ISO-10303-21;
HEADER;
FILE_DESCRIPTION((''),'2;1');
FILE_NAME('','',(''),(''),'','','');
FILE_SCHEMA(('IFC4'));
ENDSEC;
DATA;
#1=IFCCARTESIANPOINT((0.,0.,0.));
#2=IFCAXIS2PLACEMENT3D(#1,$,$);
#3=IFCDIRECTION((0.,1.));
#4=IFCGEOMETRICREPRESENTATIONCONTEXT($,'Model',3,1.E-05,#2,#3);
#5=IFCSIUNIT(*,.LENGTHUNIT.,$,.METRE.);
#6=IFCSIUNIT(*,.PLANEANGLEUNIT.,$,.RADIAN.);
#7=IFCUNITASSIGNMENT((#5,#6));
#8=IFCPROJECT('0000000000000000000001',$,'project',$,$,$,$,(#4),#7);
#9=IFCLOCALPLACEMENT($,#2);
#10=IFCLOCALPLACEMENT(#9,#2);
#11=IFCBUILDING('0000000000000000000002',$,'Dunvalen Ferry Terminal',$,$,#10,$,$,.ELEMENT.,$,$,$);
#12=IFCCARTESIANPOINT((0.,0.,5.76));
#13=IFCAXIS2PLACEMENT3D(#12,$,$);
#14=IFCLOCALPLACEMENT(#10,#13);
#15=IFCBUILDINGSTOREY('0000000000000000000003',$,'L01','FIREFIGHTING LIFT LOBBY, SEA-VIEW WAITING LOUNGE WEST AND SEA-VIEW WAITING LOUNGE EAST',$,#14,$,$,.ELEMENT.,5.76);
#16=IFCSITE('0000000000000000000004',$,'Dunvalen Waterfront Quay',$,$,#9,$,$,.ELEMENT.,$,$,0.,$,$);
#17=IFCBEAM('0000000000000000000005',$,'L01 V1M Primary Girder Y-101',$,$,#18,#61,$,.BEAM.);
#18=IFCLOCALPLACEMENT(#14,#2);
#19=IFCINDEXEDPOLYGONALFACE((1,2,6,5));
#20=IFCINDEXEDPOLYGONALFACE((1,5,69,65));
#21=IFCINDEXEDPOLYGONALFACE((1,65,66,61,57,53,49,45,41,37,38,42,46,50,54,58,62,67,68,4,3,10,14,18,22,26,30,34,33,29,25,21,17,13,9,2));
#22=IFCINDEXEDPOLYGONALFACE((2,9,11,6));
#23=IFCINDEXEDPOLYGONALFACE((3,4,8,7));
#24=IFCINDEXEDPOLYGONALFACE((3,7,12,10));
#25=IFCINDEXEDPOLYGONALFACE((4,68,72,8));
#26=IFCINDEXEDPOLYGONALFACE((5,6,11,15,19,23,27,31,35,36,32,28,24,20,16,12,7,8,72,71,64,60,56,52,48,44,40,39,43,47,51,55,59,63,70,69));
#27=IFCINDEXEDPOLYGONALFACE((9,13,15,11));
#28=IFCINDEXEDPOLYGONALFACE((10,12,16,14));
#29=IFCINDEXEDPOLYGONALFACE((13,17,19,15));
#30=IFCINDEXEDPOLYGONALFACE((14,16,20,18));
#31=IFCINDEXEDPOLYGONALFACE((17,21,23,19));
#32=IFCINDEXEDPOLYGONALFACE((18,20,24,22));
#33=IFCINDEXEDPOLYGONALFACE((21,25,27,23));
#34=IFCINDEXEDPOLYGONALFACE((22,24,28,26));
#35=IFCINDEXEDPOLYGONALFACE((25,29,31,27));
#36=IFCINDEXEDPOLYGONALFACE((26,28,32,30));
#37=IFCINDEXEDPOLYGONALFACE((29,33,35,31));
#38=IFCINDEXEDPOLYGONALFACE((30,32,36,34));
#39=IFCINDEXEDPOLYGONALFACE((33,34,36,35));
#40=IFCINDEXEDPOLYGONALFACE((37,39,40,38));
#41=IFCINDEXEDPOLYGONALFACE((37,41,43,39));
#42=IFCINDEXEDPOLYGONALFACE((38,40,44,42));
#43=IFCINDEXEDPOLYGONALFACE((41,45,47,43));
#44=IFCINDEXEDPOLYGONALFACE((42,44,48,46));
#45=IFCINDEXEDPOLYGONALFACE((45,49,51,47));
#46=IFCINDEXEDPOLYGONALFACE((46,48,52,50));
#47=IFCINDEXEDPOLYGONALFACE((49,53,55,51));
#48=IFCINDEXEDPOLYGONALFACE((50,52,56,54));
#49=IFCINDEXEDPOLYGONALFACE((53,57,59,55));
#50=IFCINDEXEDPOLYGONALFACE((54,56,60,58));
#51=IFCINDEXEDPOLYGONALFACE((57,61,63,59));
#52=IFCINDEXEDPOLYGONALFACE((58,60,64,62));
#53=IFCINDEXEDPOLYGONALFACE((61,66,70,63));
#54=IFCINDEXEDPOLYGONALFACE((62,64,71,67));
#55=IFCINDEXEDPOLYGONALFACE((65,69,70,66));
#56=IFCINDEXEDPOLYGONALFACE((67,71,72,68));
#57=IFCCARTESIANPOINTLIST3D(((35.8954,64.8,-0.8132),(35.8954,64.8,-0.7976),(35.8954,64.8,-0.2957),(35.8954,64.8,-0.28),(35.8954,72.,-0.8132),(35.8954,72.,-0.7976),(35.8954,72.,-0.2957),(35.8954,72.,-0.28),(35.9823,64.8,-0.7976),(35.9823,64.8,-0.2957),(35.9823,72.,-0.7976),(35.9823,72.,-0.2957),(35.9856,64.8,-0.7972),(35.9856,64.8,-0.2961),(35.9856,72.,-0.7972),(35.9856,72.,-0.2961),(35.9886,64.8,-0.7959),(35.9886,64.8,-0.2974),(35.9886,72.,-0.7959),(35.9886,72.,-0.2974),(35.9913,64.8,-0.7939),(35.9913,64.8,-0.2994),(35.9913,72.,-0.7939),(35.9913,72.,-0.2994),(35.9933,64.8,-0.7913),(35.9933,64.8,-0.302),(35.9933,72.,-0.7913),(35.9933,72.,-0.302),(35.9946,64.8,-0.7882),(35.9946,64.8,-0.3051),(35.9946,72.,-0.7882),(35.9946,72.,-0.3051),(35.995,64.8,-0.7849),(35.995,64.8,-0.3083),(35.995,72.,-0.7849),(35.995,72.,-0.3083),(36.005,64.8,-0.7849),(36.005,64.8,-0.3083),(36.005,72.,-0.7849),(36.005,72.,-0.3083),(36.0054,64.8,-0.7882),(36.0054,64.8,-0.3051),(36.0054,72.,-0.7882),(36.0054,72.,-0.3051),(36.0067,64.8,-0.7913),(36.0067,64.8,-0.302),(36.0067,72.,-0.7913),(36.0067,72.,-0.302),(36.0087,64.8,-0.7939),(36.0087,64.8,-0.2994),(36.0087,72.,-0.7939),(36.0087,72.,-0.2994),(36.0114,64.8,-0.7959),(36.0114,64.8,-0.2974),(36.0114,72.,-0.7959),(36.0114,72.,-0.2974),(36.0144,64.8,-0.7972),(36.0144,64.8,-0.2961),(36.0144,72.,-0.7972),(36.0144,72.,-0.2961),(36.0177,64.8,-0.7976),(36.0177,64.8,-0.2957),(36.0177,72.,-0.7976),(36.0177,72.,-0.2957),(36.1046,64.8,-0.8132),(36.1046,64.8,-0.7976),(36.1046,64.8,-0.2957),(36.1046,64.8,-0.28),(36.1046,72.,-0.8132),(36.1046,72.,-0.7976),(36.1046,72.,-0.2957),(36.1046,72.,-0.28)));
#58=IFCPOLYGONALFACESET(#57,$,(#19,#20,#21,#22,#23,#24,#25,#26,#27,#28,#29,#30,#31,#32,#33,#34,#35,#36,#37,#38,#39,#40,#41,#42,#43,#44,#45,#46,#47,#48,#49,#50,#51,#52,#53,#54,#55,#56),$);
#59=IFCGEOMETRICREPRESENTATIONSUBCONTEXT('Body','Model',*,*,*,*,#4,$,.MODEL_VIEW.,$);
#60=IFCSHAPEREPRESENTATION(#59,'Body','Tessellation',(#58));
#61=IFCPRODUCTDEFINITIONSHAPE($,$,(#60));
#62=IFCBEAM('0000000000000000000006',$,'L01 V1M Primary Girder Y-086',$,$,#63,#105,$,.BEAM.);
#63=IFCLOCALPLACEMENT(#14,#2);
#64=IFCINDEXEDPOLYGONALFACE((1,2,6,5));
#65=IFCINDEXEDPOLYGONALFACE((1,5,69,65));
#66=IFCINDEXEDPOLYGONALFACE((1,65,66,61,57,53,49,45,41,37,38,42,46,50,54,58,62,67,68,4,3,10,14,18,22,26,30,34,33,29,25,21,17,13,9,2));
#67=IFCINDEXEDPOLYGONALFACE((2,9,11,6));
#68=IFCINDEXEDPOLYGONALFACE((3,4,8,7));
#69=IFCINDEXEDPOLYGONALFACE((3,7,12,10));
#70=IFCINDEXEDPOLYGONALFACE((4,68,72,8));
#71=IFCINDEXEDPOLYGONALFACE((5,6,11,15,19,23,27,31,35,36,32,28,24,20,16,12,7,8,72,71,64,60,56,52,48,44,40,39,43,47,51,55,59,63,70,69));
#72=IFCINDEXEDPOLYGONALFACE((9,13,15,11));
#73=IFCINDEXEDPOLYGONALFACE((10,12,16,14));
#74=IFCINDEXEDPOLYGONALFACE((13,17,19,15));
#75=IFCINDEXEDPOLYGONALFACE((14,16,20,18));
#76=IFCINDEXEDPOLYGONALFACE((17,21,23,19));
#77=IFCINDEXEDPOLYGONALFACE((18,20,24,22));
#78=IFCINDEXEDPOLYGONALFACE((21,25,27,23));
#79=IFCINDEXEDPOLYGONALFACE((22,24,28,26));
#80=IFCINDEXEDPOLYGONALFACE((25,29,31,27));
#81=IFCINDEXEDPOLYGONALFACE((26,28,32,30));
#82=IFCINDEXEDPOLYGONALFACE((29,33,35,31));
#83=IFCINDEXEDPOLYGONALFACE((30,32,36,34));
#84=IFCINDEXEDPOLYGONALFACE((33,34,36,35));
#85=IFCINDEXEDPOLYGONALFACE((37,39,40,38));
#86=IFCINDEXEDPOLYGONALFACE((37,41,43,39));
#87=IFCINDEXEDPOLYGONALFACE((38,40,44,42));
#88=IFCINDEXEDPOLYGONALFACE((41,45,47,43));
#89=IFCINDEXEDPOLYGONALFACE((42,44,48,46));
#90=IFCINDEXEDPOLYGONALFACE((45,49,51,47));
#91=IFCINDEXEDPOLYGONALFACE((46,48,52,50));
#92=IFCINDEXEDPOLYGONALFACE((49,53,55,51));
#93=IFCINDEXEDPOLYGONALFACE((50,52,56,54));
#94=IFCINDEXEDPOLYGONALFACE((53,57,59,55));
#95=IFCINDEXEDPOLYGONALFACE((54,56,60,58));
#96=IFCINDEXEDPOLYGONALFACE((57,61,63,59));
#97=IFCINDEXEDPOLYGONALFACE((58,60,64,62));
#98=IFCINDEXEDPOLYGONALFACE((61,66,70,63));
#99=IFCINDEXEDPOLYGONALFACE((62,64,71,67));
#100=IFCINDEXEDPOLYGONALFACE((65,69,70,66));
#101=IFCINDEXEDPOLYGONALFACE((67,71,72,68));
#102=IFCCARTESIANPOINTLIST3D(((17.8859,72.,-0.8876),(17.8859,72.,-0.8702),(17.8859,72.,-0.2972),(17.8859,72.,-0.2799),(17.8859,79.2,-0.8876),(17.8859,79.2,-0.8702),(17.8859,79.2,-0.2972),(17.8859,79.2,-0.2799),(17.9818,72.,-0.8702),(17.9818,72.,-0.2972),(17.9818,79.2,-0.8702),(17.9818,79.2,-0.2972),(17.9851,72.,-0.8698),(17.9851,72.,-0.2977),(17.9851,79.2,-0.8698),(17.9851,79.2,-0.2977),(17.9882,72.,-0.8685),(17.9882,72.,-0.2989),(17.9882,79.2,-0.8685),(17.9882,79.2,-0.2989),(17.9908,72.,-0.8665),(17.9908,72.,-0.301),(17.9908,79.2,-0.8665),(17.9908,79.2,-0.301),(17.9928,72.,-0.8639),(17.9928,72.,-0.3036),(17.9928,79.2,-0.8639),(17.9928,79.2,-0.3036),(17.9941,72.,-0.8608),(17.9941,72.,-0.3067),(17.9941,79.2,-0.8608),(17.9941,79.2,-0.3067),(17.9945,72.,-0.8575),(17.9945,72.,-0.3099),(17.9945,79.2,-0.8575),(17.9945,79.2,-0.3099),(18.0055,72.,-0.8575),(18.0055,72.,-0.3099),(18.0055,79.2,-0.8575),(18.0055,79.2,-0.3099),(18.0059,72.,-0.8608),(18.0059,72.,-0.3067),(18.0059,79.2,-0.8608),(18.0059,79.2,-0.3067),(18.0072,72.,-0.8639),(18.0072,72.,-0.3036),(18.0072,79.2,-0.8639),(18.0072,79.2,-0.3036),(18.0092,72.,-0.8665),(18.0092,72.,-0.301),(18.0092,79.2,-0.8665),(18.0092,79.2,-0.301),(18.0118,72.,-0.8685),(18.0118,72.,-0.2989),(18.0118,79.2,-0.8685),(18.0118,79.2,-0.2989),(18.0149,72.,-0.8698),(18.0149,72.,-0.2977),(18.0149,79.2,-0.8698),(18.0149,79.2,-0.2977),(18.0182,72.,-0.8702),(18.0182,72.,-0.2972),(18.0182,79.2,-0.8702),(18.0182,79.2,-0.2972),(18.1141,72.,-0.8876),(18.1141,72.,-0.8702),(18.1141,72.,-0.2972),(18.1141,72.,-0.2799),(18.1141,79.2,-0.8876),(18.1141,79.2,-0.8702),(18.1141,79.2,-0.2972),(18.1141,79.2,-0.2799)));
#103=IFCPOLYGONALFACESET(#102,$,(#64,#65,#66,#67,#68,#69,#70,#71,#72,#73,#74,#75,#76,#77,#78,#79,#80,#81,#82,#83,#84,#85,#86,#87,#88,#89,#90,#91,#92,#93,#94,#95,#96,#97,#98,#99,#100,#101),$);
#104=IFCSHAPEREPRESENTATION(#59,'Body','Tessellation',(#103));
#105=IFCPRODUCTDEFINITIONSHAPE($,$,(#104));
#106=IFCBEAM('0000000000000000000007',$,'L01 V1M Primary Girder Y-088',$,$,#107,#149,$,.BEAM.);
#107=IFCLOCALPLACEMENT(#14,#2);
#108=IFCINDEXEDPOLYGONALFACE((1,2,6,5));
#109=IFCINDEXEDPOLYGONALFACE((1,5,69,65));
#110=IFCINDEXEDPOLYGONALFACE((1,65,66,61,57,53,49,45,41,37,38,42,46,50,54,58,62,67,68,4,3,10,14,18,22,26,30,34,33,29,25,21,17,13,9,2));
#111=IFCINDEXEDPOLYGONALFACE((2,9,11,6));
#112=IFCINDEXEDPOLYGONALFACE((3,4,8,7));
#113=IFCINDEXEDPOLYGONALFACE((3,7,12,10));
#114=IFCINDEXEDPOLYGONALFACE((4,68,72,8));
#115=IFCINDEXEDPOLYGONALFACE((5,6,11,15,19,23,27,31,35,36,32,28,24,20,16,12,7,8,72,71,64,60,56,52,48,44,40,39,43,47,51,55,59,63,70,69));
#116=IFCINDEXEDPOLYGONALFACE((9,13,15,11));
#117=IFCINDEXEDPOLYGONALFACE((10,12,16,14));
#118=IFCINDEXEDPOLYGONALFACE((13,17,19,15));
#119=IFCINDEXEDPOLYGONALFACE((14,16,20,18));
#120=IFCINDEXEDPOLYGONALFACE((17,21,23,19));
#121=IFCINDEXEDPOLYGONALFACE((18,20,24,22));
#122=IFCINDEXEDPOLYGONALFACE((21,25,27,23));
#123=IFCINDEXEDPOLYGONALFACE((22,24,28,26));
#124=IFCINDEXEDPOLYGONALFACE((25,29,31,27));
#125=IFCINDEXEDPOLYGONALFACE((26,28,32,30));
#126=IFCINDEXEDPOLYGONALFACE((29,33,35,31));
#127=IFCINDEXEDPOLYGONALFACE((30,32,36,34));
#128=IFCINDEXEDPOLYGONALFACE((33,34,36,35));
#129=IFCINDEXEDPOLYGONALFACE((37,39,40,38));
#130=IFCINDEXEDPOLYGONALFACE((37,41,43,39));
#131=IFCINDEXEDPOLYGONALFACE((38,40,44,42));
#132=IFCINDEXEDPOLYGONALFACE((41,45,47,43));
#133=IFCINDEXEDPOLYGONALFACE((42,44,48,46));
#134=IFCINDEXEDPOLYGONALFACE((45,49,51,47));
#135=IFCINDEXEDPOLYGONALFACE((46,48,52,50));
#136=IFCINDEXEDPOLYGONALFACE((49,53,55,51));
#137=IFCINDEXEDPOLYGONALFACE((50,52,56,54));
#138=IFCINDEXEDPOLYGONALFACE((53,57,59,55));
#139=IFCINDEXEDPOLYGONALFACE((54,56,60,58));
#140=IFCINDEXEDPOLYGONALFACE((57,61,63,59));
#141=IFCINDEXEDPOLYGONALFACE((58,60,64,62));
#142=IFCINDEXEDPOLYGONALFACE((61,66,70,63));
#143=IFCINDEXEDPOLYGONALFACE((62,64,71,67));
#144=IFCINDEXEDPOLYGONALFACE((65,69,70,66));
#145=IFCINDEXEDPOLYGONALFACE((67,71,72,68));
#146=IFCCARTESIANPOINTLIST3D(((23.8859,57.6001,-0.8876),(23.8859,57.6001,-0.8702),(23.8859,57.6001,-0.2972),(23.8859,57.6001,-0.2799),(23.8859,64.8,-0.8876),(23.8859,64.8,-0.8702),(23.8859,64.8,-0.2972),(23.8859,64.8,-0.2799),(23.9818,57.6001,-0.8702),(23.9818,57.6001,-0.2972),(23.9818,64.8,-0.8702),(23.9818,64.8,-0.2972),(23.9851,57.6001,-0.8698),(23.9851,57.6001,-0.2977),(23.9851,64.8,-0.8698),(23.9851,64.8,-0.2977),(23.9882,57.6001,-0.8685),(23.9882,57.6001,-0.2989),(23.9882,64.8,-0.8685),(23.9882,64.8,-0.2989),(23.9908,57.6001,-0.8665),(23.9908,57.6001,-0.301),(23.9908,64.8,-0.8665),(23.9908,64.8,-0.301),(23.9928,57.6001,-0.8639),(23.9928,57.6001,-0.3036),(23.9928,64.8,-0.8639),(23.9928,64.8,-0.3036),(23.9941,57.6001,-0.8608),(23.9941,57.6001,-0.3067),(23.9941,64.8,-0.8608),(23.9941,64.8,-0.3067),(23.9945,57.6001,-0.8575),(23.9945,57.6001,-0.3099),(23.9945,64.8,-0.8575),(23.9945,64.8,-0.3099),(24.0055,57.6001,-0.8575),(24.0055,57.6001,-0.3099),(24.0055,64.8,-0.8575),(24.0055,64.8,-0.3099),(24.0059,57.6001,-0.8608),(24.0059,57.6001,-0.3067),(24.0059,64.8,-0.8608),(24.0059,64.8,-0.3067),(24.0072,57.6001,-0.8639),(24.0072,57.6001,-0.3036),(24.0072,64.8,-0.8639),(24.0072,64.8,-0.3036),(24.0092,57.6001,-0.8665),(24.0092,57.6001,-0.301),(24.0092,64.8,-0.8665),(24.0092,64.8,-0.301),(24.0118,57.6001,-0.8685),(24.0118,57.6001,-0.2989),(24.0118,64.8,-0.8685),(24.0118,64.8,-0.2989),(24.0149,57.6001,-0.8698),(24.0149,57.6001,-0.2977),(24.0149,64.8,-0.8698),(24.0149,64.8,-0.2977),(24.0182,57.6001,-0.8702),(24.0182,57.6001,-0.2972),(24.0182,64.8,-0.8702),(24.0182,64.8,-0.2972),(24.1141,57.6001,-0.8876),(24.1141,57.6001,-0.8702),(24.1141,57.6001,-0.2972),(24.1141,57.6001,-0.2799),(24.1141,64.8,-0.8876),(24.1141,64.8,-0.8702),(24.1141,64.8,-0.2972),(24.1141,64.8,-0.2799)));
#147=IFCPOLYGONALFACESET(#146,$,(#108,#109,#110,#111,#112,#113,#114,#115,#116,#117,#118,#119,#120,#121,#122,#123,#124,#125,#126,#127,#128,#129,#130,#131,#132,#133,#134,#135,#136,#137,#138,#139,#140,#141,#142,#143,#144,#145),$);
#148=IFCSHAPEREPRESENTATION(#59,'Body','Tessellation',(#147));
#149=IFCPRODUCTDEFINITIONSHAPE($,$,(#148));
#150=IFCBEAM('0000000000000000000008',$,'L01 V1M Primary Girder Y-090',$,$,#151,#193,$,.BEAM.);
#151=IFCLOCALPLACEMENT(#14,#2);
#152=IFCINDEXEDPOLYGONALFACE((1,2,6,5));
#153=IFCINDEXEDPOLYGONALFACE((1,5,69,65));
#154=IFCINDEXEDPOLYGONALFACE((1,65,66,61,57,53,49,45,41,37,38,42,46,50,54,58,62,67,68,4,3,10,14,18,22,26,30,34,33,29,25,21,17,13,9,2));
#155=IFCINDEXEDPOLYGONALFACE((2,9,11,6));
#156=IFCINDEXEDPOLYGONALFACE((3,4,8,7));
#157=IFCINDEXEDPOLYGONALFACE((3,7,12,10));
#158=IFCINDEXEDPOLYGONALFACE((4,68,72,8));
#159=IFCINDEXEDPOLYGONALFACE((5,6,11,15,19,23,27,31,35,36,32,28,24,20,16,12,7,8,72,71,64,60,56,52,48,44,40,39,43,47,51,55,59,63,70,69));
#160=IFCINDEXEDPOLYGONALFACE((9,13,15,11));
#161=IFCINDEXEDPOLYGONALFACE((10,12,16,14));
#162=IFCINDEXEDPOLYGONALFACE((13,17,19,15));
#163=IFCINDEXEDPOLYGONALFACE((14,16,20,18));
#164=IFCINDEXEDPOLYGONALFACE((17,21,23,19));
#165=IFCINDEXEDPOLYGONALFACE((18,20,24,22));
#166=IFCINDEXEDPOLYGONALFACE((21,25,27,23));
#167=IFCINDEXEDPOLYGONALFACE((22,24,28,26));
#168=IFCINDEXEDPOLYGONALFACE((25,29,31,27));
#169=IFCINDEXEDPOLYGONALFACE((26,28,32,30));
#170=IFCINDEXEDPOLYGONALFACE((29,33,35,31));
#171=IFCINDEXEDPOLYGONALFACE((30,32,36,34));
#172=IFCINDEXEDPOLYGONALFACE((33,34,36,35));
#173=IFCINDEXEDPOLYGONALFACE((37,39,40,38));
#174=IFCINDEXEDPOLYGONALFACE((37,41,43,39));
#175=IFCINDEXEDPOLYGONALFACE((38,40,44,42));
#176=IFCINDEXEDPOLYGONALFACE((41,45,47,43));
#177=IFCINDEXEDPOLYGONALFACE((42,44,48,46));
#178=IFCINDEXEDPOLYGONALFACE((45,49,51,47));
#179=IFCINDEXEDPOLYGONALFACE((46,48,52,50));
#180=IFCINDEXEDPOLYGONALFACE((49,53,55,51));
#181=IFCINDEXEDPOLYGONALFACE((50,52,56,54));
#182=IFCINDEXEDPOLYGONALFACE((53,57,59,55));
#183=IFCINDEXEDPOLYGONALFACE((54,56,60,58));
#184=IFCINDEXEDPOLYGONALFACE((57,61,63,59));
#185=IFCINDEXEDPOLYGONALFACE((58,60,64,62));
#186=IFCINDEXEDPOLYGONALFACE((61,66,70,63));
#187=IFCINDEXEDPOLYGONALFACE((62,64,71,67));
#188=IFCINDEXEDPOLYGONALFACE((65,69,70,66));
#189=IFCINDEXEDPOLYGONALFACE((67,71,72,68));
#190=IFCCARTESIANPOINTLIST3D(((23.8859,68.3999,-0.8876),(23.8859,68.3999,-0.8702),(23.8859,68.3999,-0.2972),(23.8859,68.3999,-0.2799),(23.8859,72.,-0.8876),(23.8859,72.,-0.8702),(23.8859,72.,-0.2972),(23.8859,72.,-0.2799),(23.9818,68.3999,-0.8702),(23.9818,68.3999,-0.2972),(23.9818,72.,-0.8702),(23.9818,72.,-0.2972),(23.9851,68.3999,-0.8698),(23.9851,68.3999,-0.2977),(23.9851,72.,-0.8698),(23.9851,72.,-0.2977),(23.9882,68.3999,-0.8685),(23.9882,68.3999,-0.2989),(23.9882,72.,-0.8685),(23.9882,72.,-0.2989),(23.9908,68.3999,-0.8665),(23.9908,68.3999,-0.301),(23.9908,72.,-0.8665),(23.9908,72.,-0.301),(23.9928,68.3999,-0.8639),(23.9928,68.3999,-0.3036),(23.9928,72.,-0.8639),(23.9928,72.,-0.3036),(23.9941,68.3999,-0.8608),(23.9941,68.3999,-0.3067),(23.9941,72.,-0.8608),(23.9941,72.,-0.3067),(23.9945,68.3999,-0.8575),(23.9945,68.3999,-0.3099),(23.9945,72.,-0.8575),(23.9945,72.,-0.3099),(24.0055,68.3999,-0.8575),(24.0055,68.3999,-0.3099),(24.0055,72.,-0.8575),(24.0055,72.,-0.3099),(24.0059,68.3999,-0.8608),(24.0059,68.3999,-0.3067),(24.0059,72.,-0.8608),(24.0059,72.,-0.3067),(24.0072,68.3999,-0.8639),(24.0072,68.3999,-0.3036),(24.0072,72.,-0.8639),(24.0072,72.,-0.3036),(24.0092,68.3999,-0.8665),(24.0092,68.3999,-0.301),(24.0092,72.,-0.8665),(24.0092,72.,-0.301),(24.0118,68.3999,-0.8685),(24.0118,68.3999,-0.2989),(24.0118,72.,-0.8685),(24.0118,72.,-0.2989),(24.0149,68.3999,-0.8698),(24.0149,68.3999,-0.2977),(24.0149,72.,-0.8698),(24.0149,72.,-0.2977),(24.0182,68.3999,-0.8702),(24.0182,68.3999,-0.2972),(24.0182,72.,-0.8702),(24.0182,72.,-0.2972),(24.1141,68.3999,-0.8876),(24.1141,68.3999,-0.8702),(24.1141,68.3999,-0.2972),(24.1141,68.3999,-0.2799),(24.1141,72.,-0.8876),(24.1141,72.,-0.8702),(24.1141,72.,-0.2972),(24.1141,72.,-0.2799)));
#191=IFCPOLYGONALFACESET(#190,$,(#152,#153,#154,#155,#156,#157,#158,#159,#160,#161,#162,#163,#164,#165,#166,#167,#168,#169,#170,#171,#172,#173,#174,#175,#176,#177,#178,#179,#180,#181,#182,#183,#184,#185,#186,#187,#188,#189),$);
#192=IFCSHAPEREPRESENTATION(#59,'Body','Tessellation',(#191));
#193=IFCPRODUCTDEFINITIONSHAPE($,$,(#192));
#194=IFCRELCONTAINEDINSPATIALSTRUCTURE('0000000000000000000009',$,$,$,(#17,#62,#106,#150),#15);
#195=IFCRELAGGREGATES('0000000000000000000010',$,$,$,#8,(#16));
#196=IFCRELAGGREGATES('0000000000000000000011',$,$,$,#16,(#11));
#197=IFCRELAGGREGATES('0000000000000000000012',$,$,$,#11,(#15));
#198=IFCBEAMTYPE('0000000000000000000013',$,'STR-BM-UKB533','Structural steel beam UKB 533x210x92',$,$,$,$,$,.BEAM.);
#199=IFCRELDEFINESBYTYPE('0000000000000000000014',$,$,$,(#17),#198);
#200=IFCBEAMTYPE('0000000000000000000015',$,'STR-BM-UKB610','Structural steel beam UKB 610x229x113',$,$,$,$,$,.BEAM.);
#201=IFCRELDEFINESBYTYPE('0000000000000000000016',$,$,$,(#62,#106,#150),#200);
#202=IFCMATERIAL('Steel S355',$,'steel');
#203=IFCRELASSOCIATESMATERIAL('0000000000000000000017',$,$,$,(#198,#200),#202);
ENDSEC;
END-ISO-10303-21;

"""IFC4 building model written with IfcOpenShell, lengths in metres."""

from ifc_helpers import new_model, si_unit, direction, frame, origin, origin_2d, place, context, subcontext, project, spatial, i_section, extrude, material, material_profile, profile_set, type_object, element, save


model = new_model("IFC4")

# Units and contexts
model_context = context("Model", 3, precision=1e-05, world=origin(), true_north=direction((0.0, 1.0)))
body_context = subcontext(model_context, "Body", "Model", "MODEL_VIEW")
ifc_project = project(units=[si_unit("LENGTHUNIT", "METRE"), si_unit("PLANEANGLEUNIT", "RADIAN")], contexts=[model_context])

# Site, building, storey
site_placement = place(None, origin())
site = spatial("IfcSite", under=ifc_project, at=site_placement, Name="Dunvalen Waterfront Quay", CompositionType="ELEMENT", RefElevation=0.0)
building_placement = place(site_placement, origin())
building = spatial("IfcBuilding", under=site, at=building_placement, Name="Dunvalen Ferry Terminal", CompositionType="ELEMENT")
storey_placement = place(building_placement, frame((0.0, 0.0, 5.76)))
storey = spatial("IfcBuildingStorey", under=building, at=storey_placement, Name="L01", Description="FIREFIGHTING LIFT LOBBY, SEA-VIEW WAITING LOUNGE WEST AND SEA-VIEW WAITING LOUNGE EAST", CompositionType="ELEMENT", Elevation=5.76)

# Beams
ifc_material_1 = material(Name="Steel S355", Category="steel")
ifc_material_profile_1 = material_profile(ifc_material_1, i_section(OverallWidth=0.2092, OverallDepth=0.5332, WebThickness=0.01, FlangeThickness=0.0156, FilletRadius=0.0127, at=origin_2d()), Name="Steel S355")
ifc_profile_set_1 = profile_set([ifc_material_profile_1], Name="Steel S355")
beam_type_1 = type_object("IfcBeamType", Name="STR-BM-UKB533", Description="Structural steel beam UKB 533x210x92", PredefinedType="BEAM", material=ifc_profile_set_1)
for number, where, z_axis, x_axis, name in (
    (1, (36.0, 64.8, -0.5466), (0.0, 1.0, 0.0), (-1.0, 0.0, 0.0), "L01 V1M Primary Girder Y-101"),
):
    element("IfcBeam", number, at=place(storey_placement, frame(where, z_axis=z_axis, x_axis=x_axis)), inside=storey, type_object=beam_type_1, Name=name, PredefinedType="BEAM", context=body_context, shape_type="SweptSolid", body=[
        extrude(i_section(OverallWidth=0.2092, OverallDepth=0.5332, WebThickness=0.01, FlangeThickness=0.0156, FilletRadius=0.0127, at=origin_2d()), origin(), (0.0, 0.0, 1.0), 7.2),
    ])
ifc_material_profile_2 = material_profile(ifc_material_1, i_section(OverallWidth=0.2283, OverallDepth=0.6077, WebThickness=0.011, FlangeThickness=0.0173, FilletRadius=0.0127, at=origin_2d()), Name="Steel S355")
ifc_profile_set_2 = profile_set([ifc_material_profile_2], Name="Steel S355")
beam_type_2 = type_object("IfcBeamType", Name="STR-BM-UKB610", Description="Structural steel beam UKB 610x229x113", PredefinedType="BEAM", material=ifc_profile_set_2)
for number, where, z_axis, x_axis, name in (
    (2, (18.0, 72.0, -0.5837), (0.0, 1.0, 0.0), (-1.0, 0.0, 0.0), "L01 V1M Primary Girder Y-086"),
    (3, (24.0, 57.6001, -0.5837), (0.0, 1.0, 0.0), (-1.0, 0.0, 0.0), "L01 V1M Primary Girder Y-088"),
):
    element("IfcBeam", number, at=place(storey_placement, frame(where, z_axis=z_axis, x_axis=x_axis)), inside=storey, type_object=beam_type_2, Name=name, PredefinedType="BEAM", context=body_context, shape_type="SweptSolid", body=[
        extrude(i_section(OverallWidth=0.2283, OverallDepth=0.6077, WebThickness=0.011, FlangeThickness=0.0173, FilletRadius=0.0127, at=origin_2d()), origin(), (0.0, 0.0, 1.0), 7.2),
    ])
beam_1_placement = place(storey_placement, frame((24.0, 68.3999, -0.5837), z_axis=(0.0, 1.0, 0.0), x_axis=(-1.0, 0.0, 0.0)))
element("IfcBeam", 4, at=beam_1_placement, inside=storey, type_object=beam_type_2, Name="L01 V1M Primary Girder Y-090", PredefinedType="BEAM", context=body_context, shape_type="SweptSolid", body=[
    extrude(i_section(OverallWidth=0.2283, OverallDepth=0.6077, WebThickness=0.011, FlangeThickness=0.0173, FilletRadius=0.0127, at=origin_2d()), origin(), (0.0, 0.0, 1.0), 3.6001),
])

save(model, "model.ifc")
